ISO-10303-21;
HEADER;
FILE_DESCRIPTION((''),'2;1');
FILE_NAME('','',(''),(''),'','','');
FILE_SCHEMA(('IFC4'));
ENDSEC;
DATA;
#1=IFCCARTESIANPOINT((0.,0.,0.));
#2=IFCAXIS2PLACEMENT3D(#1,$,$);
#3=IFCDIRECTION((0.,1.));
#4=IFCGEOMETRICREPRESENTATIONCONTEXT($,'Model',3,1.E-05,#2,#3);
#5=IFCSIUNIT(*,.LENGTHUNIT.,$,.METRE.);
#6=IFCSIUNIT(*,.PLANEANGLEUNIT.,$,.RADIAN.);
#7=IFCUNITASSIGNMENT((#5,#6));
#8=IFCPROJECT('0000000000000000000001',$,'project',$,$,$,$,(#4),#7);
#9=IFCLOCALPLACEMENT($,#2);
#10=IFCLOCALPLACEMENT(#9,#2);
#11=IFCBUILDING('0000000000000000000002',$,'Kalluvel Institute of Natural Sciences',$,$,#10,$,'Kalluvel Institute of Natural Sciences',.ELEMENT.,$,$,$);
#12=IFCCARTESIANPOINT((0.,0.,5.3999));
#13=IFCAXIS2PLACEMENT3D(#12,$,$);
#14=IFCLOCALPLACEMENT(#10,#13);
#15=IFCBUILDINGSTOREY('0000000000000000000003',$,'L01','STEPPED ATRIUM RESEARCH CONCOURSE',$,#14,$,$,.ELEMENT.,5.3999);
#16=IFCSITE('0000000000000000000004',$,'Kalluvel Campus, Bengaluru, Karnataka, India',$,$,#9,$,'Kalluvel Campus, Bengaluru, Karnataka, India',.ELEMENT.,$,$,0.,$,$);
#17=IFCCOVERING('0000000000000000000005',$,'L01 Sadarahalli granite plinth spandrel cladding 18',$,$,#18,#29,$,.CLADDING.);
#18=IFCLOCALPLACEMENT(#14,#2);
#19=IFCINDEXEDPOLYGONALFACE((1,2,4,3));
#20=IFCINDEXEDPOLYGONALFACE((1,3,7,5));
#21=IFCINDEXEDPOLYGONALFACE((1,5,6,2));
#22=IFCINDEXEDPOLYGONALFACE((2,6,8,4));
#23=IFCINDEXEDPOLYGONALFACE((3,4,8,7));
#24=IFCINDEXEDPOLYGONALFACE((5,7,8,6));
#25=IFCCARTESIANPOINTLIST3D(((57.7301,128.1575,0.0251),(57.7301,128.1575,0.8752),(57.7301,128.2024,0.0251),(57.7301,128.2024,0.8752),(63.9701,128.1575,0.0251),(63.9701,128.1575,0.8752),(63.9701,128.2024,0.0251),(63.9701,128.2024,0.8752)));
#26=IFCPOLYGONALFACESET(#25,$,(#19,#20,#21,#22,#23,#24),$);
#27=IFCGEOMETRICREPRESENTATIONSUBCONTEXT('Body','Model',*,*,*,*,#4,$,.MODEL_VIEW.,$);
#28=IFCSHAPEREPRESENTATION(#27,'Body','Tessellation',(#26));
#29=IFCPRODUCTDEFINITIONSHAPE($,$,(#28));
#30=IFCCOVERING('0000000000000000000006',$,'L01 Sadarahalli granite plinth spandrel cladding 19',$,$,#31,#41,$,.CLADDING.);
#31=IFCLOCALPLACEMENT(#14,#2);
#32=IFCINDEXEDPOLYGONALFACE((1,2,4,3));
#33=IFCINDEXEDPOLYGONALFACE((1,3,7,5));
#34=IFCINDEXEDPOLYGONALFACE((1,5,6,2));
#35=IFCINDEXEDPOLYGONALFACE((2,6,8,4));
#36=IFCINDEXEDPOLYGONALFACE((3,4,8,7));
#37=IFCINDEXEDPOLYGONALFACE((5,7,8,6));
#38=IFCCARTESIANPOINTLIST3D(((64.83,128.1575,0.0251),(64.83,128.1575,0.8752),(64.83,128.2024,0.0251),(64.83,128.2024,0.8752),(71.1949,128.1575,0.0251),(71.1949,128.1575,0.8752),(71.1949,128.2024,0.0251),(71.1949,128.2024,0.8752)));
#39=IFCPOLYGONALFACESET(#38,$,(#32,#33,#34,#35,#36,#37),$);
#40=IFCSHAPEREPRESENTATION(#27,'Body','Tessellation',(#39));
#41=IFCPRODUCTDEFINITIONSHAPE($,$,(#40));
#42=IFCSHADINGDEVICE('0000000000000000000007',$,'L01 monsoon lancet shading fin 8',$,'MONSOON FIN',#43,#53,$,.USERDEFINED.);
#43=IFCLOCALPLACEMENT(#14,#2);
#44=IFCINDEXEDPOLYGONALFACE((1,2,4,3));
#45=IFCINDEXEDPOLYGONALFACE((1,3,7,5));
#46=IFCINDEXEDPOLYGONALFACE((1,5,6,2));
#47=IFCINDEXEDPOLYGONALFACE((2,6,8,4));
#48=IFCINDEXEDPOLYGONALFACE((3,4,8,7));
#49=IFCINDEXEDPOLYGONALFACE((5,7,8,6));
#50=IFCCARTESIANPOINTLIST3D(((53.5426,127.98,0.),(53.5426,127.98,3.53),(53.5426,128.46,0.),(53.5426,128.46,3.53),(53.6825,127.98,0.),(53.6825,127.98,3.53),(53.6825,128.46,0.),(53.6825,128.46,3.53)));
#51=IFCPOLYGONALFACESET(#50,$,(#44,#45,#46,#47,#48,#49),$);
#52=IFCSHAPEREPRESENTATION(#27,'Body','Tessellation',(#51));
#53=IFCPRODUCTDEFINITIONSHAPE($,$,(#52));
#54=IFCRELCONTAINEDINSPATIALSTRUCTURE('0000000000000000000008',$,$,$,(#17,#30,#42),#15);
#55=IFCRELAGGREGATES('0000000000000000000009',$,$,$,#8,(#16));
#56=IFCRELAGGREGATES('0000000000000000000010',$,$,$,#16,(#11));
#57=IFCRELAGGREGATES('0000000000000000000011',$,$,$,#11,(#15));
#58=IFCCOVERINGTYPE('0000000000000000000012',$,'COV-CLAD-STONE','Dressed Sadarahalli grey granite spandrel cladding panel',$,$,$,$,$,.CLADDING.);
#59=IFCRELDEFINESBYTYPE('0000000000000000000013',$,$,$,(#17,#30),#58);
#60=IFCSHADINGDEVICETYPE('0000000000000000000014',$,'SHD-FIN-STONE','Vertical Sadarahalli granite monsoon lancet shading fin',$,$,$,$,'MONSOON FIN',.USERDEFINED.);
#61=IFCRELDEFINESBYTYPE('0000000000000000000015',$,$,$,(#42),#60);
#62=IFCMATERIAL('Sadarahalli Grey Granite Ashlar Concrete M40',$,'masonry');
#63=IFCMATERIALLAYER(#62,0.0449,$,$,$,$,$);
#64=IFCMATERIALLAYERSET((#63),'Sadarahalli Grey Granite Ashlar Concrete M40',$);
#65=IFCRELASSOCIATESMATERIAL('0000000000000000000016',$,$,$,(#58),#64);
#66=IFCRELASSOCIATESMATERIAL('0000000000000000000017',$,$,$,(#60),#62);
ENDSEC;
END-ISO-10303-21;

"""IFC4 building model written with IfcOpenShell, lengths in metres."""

from ifc_helpers import new_model, si_unit, direction, frame, origin, origin_2d, place, context, subcontext, project, spatial, rectangle, extrude, material, layer, layer_set, type_object, element, save


model = new_model("IFC4")

# Units and contexts
model_context = context("Model", 3, precision=1e-05, world=origin(), true_north=direction((0.0, 1.0)))
body_context = subcontext(model_context, "Body", "Model", "MODEL_VIEW")
ifc_project = project(units=[si_unit("LENGTHUNIT", "METRE"), si_unit("PLANEANGLEUNIT", "RADIAN")], contexts=[model_context])

# Site, building, storey
site_placement = place(None, origin())
site = spatial("IfcSite", under=ifc_project, at=site_placement, Name="Kalluvel Campus, Bengaluru, Karnataka, India", LongName="Kalluvel Campus, Bengaluru, Karnataka, India", CompositionType="ELEMENT", RefElevation=0.0)
building_placement = place(site_placement, origin())
building = spatial("IfcBuilding", under=site, at=building_placement, Name="Kalluvel Institute of Natural Sciences", LongName="Kalluvel Institute of Natural Sciences", CompositionType="ELEMENT")
storey_placement = place(building_placement, frame((0.0, 0.0, 5.3999)))
storey = spatial("IfcBuildingStorey", under=building, at=storey_placement, Name="L01", Description="STEPPED ATRIUM RESEARCH CONCOURSE", CompositionType="ELEMENT", Elevation=5.3999)

# Shared definitions
ifc_material_1 = material(Name="Sadarahalli Grey Granite Ashlar Concrete M40", Category="masonry")

# Coverings
ifc_layer_1 = layer(ifc_material_1, 0.0449)
ifc_layer_set_1 = layer_set([ifc_layer_1], Name="Sadarahalli Grey Granite Ashlar Concrete M40")
covering_type = type_object("IfcCoveringType", Name="COV-CLAD-STONE", Description="Dressed Sadarahalli grey granite spandrel cladding panel", PredefinedType="CLADDING", material=ifc_layer_set_1)
covering_1_placement = place(storey_placement, frame((60.8501, 128.1799, 0.0251), z_axis=(0.0, 0.0, 1.0), x_axis=(1.0, 0.0, 0.0)))
element("IfcCovering", 1, at=covering_1_placement, inside=storey, type_object=covering_type, Name="L01 Sadarahalli granite plinth spandrel cladding 18", PredefinedType="CLADDING", context=body_context, shape_type="SweptSolid", body=[
    extrude(rectangle(XDim=6.24, YDim=0.0449, at=origin_2d()), origin(), (0.0, 0.0, 1.0), 0.8501),
])
covering_2_placement = place(storey_placement, frame((68.0125, 128.1799, 0.0251), z_axis=(0.0, 0.0, 1.0), x_axis=(1.0, 0.0, 0.0)))
element("IfcCovering", 2, at=covering_2_placement, inside=storey, type_object=covering_type, Name="L01 Sadarahalli granite plinth spandrel cladding 19", PredefinedType="CLADDING", context=body_context, shape_type="SweptSolid", body=[
    extrude(rectangle(XDim=6.365, YDim=0.0449, at=origin_2d()), origin(), (0.0, 0.0, 1.0), 0.8501),
])

# Shading device
shading_device_type = type_object("IfcShadingDeviceType", Name="SHD-FIN-STONE", Description="Vertical Sadarahalli granite monsoon lancet shading fin", ElementType="MONSOON FIN", PredefinedType="USERDEFINED", material=ifc_material_1)
shading_device_placement = place(storey_placement, frame((53.6125, 128.22, 0.0), z_axis=(0.0, 0.0, 1.0), x_axis=(1.0, 0.0, 0.0)))
element("IfcShadingDevice", 3, at=shading_device_placement, inside=storey, type_object=shading_device_type, Name="L01 monsoon lancet shading fin 8", ObjectType="MONSOON FIN", PredefinedType="USERDEFINED", context=body_context, shape_type="SweptSolid", body=[
    extrude(rectangle(XDim=0.1399, YDim=0.48, at=origin_2d()), origin(), (0.0, 0.0, 1.0), 3.53),
])

save(model, "model.ifc")
